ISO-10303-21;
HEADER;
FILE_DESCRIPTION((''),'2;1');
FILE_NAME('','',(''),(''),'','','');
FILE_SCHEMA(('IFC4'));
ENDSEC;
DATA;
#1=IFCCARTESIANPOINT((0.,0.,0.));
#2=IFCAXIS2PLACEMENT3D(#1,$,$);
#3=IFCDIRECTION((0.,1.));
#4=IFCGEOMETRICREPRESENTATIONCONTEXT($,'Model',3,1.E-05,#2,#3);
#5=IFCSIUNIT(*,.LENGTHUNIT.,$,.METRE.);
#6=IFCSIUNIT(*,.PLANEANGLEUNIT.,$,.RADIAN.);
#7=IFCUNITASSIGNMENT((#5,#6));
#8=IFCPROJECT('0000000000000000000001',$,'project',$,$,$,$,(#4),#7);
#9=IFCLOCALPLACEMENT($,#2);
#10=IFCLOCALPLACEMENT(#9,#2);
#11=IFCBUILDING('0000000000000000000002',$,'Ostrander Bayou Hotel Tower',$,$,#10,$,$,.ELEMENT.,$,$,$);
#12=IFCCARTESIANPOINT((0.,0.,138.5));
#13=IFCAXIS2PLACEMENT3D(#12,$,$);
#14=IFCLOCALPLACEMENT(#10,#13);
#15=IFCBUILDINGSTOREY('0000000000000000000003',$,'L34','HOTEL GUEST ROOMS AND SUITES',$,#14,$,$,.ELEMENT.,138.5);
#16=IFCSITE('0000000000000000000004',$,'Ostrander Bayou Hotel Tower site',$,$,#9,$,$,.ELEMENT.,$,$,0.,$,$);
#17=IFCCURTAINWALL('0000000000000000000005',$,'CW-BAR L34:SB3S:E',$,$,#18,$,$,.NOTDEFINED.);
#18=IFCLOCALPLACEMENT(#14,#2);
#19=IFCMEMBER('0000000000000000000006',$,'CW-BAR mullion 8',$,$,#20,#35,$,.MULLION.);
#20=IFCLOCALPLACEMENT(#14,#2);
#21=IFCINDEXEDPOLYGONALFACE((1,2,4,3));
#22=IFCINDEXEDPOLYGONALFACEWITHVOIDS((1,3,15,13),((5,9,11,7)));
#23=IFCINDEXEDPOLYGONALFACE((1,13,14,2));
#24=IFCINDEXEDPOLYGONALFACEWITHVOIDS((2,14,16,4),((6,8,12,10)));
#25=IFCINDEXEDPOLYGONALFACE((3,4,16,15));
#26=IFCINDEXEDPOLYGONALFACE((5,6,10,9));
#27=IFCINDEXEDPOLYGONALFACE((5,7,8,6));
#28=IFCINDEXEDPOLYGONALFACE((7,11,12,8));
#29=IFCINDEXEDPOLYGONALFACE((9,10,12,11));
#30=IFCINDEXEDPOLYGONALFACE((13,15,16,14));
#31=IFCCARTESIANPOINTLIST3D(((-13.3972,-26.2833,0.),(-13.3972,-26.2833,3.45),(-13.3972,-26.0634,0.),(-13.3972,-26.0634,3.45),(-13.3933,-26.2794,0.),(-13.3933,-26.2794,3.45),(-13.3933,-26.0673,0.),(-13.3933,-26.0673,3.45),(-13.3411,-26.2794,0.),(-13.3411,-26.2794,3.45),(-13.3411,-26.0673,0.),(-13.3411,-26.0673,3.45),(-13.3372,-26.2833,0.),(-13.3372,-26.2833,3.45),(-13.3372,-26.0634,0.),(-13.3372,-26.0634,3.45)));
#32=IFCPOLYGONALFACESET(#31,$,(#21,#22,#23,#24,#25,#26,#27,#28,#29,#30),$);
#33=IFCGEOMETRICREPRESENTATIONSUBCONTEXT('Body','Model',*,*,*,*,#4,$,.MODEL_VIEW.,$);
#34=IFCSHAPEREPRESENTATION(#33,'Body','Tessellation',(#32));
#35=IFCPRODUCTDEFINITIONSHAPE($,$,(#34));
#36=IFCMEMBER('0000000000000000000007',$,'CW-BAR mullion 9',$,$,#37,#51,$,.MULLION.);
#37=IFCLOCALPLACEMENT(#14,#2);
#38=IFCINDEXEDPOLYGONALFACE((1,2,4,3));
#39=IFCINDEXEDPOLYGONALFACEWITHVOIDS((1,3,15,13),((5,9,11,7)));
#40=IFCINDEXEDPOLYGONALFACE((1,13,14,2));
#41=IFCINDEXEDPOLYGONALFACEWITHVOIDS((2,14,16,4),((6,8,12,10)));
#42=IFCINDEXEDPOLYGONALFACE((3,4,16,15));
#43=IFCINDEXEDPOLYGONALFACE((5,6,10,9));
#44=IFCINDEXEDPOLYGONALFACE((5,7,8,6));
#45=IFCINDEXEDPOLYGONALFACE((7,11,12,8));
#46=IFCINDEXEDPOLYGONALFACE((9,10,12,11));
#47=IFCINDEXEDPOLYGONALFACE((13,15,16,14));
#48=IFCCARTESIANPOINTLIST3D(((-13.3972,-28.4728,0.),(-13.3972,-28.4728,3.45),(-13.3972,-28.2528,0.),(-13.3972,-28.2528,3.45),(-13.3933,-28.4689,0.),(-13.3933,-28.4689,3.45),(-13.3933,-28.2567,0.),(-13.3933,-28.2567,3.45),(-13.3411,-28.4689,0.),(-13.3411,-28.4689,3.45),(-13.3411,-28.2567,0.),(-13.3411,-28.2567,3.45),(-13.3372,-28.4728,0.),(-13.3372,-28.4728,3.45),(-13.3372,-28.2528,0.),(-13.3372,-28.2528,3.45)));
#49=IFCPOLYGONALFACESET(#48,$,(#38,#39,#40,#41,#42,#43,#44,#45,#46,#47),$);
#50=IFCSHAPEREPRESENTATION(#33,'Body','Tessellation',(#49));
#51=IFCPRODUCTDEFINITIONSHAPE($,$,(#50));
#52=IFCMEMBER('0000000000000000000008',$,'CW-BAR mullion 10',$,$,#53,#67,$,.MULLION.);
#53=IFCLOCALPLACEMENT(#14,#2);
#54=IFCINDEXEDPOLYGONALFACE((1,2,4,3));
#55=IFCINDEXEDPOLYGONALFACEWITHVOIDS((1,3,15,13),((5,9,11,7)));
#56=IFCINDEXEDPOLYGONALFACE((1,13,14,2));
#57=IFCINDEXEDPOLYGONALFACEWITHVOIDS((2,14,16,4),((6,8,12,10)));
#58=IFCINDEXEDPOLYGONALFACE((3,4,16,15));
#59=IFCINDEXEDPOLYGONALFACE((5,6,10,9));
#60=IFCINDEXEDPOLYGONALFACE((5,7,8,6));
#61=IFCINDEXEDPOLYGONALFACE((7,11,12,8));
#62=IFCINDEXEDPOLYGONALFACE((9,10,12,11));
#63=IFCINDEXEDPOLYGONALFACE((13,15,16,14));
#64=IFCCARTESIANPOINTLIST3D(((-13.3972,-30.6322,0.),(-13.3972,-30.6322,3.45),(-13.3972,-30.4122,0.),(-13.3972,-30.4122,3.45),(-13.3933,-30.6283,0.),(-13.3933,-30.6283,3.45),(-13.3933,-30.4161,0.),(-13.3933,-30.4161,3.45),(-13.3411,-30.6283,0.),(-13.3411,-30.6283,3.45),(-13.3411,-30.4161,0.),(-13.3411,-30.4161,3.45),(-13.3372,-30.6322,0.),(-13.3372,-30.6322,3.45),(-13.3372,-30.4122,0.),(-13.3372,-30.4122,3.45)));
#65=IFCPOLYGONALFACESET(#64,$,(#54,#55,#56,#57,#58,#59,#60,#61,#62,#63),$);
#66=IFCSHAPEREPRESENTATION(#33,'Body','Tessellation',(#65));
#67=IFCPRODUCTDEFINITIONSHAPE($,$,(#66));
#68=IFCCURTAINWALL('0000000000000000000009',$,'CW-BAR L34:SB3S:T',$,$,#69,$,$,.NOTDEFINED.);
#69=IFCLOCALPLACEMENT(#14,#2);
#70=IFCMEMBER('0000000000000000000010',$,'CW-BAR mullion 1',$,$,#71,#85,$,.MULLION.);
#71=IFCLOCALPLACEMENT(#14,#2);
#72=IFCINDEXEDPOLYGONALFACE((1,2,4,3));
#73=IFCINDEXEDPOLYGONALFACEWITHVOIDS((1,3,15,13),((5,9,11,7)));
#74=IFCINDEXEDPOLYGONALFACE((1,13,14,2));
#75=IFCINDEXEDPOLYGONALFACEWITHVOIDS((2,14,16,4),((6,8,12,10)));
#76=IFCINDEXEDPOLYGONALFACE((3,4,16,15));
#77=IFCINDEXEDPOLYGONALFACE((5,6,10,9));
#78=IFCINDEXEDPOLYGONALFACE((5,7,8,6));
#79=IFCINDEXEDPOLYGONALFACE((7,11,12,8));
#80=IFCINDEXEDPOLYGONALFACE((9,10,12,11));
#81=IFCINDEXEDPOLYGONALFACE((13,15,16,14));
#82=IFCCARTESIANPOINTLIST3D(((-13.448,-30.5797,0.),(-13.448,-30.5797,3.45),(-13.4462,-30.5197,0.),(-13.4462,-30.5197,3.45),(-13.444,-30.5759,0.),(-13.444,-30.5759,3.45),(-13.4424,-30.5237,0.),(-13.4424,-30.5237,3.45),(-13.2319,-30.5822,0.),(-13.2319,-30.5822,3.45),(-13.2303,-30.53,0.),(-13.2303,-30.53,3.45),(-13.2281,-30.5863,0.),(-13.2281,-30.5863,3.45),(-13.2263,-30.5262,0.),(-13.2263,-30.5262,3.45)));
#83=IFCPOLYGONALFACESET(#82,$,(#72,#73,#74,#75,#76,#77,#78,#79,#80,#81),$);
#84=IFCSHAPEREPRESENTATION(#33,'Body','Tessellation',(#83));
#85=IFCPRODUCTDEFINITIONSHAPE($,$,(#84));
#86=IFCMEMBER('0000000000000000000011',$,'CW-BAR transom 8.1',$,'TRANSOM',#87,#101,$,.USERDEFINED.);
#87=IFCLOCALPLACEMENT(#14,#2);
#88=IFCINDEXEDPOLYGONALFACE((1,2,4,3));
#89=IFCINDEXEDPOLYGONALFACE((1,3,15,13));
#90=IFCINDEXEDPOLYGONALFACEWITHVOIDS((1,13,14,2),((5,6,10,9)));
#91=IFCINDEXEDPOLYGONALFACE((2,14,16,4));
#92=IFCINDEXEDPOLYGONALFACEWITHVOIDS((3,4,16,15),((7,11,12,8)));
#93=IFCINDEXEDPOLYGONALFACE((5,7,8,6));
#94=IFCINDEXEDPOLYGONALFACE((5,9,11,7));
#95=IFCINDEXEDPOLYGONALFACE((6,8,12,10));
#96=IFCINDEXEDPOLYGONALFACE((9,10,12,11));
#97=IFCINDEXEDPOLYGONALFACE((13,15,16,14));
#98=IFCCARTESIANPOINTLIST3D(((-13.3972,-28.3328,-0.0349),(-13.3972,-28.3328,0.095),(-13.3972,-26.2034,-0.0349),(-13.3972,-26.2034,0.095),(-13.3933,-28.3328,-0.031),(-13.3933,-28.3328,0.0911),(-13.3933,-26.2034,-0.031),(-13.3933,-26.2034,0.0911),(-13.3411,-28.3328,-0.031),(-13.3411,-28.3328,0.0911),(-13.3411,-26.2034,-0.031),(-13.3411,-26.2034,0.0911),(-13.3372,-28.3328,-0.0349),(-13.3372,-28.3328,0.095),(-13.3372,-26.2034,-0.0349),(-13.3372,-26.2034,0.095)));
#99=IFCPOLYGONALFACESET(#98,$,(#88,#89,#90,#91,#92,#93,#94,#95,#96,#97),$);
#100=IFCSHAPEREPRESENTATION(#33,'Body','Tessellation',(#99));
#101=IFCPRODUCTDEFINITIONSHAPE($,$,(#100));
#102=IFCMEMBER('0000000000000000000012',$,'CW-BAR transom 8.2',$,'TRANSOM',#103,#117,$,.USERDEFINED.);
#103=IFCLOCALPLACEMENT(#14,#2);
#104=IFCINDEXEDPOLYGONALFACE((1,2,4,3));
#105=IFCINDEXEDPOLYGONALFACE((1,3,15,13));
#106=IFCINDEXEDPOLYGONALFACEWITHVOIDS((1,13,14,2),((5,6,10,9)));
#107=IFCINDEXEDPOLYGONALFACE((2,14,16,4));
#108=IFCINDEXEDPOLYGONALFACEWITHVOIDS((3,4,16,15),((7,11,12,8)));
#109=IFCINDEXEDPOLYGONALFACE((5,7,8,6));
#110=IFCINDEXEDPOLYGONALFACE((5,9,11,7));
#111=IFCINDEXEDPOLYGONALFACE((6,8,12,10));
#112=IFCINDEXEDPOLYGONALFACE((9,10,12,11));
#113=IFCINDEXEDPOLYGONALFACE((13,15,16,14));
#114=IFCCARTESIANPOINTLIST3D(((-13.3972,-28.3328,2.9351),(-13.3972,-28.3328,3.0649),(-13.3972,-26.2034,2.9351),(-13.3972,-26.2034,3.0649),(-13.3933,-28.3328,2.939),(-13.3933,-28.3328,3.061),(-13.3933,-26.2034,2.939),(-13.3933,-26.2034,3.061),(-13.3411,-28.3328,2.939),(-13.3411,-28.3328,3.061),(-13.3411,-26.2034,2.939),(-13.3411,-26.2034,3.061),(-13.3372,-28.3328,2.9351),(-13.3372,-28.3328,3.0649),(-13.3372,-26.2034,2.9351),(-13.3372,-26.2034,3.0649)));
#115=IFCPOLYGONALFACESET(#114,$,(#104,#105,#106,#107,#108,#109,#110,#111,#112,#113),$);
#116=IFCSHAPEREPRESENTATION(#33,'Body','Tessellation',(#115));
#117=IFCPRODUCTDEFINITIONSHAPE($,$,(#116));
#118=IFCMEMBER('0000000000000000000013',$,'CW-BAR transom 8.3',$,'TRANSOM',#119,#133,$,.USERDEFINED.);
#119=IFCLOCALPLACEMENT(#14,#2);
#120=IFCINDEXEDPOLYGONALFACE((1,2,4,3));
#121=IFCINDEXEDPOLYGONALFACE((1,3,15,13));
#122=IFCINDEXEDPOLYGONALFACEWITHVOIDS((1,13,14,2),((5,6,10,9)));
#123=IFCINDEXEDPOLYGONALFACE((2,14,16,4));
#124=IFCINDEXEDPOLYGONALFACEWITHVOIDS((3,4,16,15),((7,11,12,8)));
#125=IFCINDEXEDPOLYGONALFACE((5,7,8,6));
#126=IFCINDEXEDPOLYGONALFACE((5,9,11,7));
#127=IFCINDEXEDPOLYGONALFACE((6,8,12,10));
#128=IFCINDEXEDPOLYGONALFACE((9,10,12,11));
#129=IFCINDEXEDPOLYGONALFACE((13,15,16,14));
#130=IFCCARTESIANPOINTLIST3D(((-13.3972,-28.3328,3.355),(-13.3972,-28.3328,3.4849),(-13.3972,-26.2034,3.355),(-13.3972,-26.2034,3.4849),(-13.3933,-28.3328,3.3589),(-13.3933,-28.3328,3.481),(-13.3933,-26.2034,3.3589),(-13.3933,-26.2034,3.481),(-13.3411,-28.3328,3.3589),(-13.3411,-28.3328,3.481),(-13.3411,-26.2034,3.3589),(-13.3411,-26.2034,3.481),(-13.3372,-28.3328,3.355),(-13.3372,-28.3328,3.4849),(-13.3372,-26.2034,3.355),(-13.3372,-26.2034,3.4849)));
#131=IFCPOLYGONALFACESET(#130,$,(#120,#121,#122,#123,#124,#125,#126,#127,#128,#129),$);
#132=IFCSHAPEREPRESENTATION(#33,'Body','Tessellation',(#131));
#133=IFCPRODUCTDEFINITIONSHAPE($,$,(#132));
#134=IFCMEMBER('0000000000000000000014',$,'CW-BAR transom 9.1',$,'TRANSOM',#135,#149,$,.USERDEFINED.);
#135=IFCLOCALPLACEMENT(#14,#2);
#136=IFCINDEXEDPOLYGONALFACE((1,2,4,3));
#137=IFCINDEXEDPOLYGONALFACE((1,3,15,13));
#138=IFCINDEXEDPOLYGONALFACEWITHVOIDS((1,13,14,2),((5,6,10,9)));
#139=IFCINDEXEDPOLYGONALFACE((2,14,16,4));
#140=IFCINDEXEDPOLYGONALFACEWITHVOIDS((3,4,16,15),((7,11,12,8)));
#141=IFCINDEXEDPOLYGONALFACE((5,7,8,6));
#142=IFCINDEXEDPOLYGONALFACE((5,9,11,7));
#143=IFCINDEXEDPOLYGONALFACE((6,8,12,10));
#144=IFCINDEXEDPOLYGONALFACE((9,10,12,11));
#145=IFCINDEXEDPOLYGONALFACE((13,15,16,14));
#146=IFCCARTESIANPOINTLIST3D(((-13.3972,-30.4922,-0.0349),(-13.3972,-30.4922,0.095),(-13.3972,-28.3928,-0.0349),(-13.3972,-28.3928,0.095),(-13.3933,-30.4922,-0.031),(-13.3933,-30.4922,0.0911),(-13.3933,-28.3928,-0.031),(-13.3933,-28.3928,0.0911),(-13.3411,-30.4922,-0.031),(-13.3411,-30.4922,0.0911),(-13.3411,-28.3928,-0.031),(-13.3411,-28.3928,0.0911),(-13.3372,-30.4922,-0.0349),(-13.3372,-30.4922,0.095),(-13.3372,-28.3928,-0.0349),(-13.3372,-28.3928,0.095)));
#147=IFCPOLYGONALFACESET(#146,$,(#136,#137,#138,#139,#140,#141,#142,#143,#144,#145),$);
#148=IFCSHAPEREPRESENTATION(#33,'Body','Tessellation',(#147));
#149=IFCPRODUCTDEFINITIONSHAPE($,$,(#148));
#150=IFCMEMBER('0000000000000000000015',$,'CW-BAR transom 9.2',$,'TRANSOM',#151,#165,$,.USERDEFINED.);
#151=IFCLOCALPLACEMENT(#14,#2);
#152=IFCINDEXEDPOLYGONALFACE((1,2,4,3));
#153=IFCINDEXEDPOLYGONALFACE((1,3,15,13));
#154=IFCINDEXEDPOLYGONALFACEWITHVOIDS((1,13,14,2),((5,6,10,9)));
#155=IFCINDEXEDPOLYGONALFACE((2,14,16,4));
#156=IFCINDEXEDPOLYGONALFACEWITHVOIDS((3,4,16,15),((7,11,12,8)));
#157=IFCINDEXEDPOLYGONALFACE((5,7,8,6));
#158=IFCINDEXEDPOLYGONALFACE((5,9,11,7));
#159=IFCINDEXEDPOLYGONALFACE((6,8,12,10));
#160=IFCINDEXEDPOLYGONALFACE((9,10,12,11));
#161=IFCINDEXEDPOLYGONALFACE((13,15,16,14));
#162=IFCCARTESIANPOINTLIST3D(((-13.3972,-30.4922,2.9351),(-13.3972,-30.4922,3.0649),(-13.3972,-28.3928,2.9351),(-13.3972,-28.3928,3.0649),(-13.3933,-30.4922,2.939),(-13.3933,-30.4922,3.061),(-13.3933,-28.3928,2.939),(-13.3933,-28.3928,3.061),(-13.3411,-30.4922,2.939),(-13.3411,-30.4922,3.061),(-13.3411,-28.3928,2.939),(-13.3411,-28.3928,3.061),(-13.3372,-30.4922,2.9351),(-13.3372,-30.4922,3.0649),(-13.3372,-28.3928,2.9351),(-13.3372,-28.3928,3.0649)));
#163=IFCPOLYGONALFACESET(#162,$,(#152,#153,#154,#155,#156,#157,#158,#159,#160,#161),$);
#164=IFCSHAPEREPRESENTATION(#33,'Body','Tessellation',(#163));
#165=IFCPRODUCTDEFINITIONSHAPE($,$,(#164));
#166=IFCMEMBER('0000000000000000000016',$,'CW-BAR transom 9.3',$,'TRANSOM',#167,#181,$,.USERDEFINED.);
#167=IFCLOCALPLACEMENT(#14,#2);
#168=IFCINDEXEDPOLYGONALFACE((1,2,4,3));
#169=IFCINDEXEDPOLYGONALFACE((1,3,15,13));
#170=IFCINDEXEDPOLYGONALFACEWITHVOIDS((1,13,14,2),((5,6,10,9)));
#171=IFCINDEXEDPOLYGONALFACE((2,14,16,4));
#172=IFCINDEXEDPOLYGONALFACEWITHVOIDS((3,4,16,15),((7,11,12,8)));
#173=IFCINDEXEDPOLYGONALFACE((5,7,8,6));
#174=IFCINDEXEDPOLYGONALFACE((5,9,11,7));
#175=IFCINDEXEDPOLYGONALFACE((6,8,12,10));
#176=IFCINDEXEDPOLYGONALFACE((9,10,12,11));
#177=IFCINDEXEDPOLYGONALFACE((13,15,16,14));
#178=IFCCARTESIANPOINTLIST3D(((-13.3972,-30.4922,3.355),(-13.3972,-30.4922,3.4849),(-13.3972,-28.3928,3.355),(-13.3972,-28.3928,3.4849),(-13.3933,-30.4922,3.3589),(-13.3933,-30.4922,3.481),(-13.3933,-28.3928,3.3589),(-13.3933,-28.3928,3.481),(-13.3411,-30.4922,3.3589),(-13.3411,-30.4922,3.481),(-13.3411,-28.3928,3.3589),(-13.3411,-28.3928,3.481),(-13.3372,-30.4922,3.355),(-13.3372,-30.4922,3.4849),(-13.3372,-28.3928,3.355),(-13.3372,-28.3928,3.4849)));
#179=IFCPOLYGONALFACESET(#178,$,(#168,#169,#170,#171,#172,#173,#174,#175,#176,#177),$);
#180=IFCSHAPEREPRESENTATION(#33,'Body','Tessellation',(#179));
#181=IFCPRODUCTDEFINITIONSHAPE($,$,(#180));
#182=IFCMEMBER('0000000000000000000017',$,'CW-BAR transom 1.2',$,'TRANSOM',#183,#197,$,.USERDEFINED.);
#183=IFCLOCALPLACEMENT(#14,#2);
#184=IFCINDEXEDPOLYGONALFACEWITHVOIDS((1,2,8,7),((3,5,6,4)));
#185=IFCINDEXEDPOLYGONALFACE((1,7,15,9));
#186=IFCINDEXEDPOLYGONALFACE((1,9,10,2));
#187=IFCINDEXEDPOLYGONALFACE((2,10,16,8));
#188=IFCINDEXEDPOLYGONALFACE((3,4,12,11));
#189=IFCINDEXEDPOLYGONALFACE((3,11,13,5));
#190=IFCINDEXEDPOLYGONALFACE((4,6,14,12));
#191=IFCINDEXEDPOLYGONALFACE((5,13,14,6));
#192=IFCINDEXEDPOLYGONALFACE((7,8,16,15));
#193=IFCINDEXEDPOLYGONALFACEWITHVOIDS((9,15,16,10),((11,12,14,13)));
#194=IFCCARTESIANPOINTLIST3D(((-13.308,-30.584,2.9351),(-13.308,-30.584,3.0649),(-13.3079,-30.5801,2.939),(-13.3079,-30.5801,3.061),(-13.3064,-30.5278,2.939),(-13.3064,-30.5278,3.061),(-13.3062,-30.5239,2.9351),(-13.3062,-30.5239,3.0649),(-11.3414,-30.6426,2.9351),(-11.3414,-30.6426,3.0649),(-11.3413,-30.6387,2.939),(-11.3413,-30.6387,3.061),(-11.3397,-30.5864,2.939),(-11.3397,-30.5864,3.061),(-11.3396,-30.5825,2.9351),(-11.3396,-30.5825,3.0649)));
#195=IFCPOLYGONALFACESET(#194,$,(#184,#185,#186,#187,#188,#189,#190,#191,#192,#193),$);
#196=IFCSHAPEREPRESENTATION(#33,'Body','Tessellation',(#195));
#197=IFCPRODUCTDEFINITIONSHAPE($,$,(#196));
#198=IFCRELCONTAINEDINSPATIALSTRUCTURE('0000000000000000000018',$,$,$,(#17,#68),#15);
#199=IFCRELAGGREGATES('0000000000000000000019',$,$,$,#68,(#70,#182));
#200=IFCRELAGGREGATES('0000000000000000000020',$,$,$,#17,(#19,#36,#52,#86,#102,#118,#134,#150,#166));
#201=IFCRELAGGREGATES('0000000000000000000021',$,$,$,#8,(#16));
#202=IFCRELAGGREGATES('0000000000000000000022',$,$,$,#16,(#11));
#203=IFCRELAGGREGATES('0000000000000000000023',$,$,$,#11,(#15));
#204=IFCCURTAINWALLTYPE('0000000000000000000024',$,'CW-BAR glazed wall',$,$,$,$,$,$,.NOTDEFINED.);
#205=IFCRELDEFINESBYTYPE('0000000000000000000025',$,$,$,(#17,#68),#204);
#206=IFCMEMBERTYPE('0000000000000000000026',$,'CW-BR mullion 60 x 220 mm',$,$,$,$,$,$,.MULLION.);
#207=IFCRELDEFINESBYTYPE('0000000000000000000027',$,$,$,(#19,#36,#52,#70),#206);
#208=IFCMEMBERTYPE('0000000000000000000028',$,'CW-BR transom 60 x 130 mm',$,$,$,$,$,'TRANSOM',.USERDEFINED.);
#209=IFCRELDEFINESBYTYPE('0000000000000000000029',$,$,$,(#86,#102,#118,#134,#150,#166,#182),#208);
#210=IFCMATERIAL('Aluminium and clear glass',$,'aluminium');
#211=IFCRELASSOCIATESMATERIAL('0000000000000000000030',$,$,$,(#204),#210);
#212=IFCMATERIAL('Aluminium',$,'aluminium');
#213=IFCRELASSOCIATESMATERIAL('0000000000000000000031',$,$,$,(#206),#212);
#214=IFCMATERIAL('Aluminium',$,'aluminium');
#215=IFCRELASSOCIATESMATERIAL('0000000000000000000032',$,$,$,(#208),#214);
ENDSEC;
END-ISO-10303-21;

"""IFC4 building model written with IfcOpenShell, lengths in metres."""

from ifc_helpers import new_model, si_unit, direction, frame, origin, origin_2d, place, context, subcontext, project, spatial, hollow_rectangle, extrude, material, material_profile, profile_set, type_object, element, aggregate, save


model = new_model("IFC4")

# Units and contexts
model_context = context("Model", 3, precision=1e-05, world=origin(), true_north=direction((0.0, 1.0)))
body_context = subcontext(model_context, "Body", "Model", "MODEL_VIEW")
ifc_project = project(units=[si_unit("LENGTHUNIT", "METRE"), si_unit("PLANEANGLEUNIT", "RADIAN")], contexts=[model_context])

# Site, building, storey
site_placement = place(None, origin())
site = spatial("IfcSite", under=ifc_project, at=site_placement, Name="Ostrander Bayou Hotel Tower site", CompositionType="ELEMENT", RefElevation=0.0)
building_placement = place(site_placement, origin())
building = spatial("IfcBuilding", under=site, at=building_placement, Name="Ostrander Bayou Hotel Tower", CompositionType="ELEMENT")
storey_placement = place(building_placement, frame((0.0, 0.0, 138.5)))
storey = spatial("IfcBuildingStorey", under=building, at=storey_placement, Name="L34", Description="HOTEL GUEST ROOMS AND SUITES", CompositionType="ELEMENT", Elevation=138.5)

# Curtain wall, members
ifc_material_1 = material(Name="Aluminium and clear glass", Category="aluminium")
curtain_wall_type = type_object("IfcCurtainWallType", Name="CW-BAR glazed wall", PredefinedType="NOTDEFINED", material=ifc_material_1)
curtain_wall_1_placement = place(storey_placement, origin())
curtain_wall_1 = element("IfcCurtainWall", 1, at=curtain_wall_1_placement, inside=storey, type_object=curtain_wall_type, Name="CW-BAR L34:SB3S:E", PredefinedType="NOTDEFINED")
ifc_material_2 = material(Name="Aluminium", Category="aluminium")
ifc_material_profile_1 = material_profile(ifc_material_2, hollow_rectangle(XDim=0.0601, YDim=0.22, WallThickness=0.0039, at=origin_2d()))
ifc_profile_set_1 = profile_set([ifc_material_profile_1], Name="Aluminium")
member_type_1 = type_object("IfcMemberType", Name="CW-BR mullion 60 x 220 mm", PredefinedType="MULLION", material=ifc_profile_set_1)
member_1_placement = place(storey_placement, frame((-13.3672, -26.1733, 0.0), z_axis=(0.0, 0.0, 1.0), x_axis=(1.0, 0.0, 0.0)))
member_1 = element("IfcMember", 2, at=member_1_placement, type_object=member_type_1, Name="CW-BAR mullion 8", PredefinedType="MULLION", context=body_context, shape_type="SweptSolid", body=[
    extrude(hollow_rectangle(XDim=0.0601, YDim=0.22, WallThickness=0.0039, at=origin_2d()), origin(), (0.0, 0.0, 1.0), 3.45),
])
member_2_placement = place(storey_placement, frame((-13.3672, -28.3628, 0.0), z_axis=(0.0, 0.0, 1.0), x_axis=(1.0, 0.0, 0.0)))
member_2 = element("IfcMember", 3, at=member_2_placement, type_object=member_type_1, Name="CW-BAR mullion 9", PredefinedType="MULLION", context=body_context, shape_type="SweptSolid", body=[
    extrude(hollow_rectangle(XDim=0.0601, YDim=0.22, WallThickness=0.0039, at=origin_2d()), origin(), (0.0, 0.0, 1.0), 3.45),
])
member_3_placement = place(storey_placement, frame((-13.3672, -30.5222, 0.0), z_axis=(0.0, 0.0, 1.0), x_axis=(1.0, 0.0, 0.0)))
member_3 = element("IfcMember", 4, at=member_3_placement, type_object=member_type_1, Name="CW-BAR mullion 10", PredefinedType="MULLION", context=body_context, shape_type="SweptSolid", body=[
    extrude(hollow_rectangle(XDim=0.0601, YDim=0.22, WallThickness=0.0039, at=origin_2d()), origin(), (0.0, 0.0, 1.0), 3.45),
])

# Curtain wall, member
curtain_wall_2_placement = place(storey_placement, origin())
curtain_wall_2 = element("IfcCurtainWall", 5, at=curtain_wall_2_placement, inside=storey, type_object=curtain_wall_type, Name="CW-BAR L34:SB3S:T", PredefinedType="NOTDEFINED")
member_4_placement = place(storey_placement, frame((-13.3372, -30.553, 0.0), z_axis=(0.0, 0.0, 1.0), x_axis=(0.029746, 0.999557, 0.0)))
member_4 = element("IfcMember", 6, at=member_4_placement, type_object=member_type_1, Name="CW-BAR mullion 1", PredefinedType="MULLION", context=body_context, shape_type="SweptSolid", body=[
    extrude(hollow_rectangle(XDim=0.0601, YDim=0.22, WallThickness=0.0039, at=origin_2d()), origin(), (0.0, 0.0, 1.0), 3.45),
])

# Members
ifc_material_3 = material(Name="Aluminium", Category="aluminium")
ifc_material_profile_2 = material_profile(ifc_material_3, hollow_rectangle(XDim=0.0601, YDim=0.1299, WallThickness=0.0039, at=origin_2d()))
ifc_profile_set_2 = profile_set([ifc_material_profile_2], Name="Aluminium")
member_type_2 = type_object("IfcMemberType", Name="CW-BR transom 60 x 130 mm", ElementType="TRANSOM", PredefinedType="USERDEFINED", material=ifc_profile_set_2)
member_5_placement = place(storey_placement, frame((-13.3672, -26.2034, 0.03), z_axis=(0.0, -1.0, 0.0), x_axis=(1.0, 0.0, 0.0)))
member_5 = element("IfcMember", 7, at=member_5_placement, type_object=member_type_2, Name="CW-BAR transom 8.1", ObjectType="TRANSOM", PredefinedType="USERDEFINED", context=body_context, shape_type="SweptSolid", body=[
    extrude(hollow_rectangle(XDim=0.0601, YDim=0.1299, WallThickness=0.0039, at=origin_2d()), origin(), (0.0, 0.0, 1.0), 2.1294),
])
member_6_placement = place(storey_placement, frame((-13.3672, -26.2034, 3.0), z_axis=(0.0, -1.0, 0.0), x_axis=(1.0, 0.0, 0.0)))
member_6 = element("IfcMember", 8, at=member_6_placement, type_object=member_type_2, Name="CW-BAR transom 8.2", ObjectType="TRANSOM", PredefinedType="USERDEFINED", context=body_context, shape_type="SweptSolid", body=[
    extrude(hollow_rectangle(XDim=0.0601, YDim=0.1299, WallThickness=0.0039, at=origin_2d()), origin(), (0.0, 0.0, 1.0), 2.1294),
])
member_7_placement = place(storey_placement, frame((-13.3672, -26.2034, 3.4199), z_axis=(0.0, -1.0, 0.0), x_axis=(1.0, 0.0, 0.0)))
member_7 = element("IfcMember", 9, at=member_7_placement, type_object=member_type_2, Name="CW-BAR transom 8.3", ObjectType="TRANSOM", PredefinedType="USERDEFINED", context=body_context, shape_type="SweptSolid", body=[
    extrude(hollow_rectangle(XDim=0.0601, YDim=0.1299, WallThickness=0.0039, at=origin_2d()), origin(), (0.0, 0.0, 1.0), 2.1294),
])
member_8_placement = place(storey_placement, frame((-13.3672, -28.3928, 0.03), z_axis=(0.0, -1.0, 0.0), x_axis=(1.0, 0.0, 0.0)))
member_8 = element("IfcMember", 10, at=member_8_placement, type_object=member_type_2, Name="CW-BAR transom 9.1", ObjectType="TRANSOM", PredefinedType="USERDEFINED", context=body_context, shape_type="SweptSolid", body=[
    extrude(hollow_rectangle(XDim=0.0601, YDim=0.1299, WallThickness=0.0039, at=origin_2d()), origin(), (0.0, 0.0, 1.0), 2.0994),
])
member_9_placement = place(storey_placement, frame((-13.3672, -28.3928, 3.0), z_axis=(0.0, -1.0, 0.0), x_axis=(1.0, 0.0, 0.0)))
member_9 = element("IfcMember", 11, at=member_9_placement, type_object=member_type_2, Name="CW-BAR transom 9.2", ObjectType="TRANSOM", PredefinedType="USERDEFINED", context=body_context, shape_type="SweptSolid", body=[
    extrude(hollow_rectangle(XDim=0.0601, YDim=0.1299, WallThickness=0.0039, at=origin_2d()), origin(), (0.0, 0.0, 1.0), 2.0994),
])
member_10_placement = place(storey_placement, frame((-13.3672, -28.3928, 3.4199), z_axis=(0.0, -1.0, 0.0), x_axis=(1.0, 0.0, 0.0)))
member_10 = element("IfcMember", 12, at=member_10_placement, type_object=member_type_2, Name="CW-BAR transom 9.3", ObjectType="TRANSOM", PredefinedType="USERDEFINED", context=body_context, shape_type="SweptSolid", body=[
    extrude(hollow_rectangle(XDim=0.0601, YDim=0.1299, WallThickness=0.0039, at=origin_2d()), origin(), (0.0, 0.0, 1.0), 2.0994),
])
member_11_placement = place(storey_placement, frame((-13.3071, -30.554, 3.0), z_axis=(0.999556, -0.029782, 0.0), x_axis=(0.029782, 0.999556, 0.0)))
member_11 = element("IfcMember", 13, at=member_11_placement, type_object=member_type_2, Name="CW-BAR transom 1.2", ObjectType="TRANSOM", PredefinedType="USERDEFINED", context=body_context, shape_type="SweptSolid", body=[
    extrude(hollow_rectangle(XDim=0.0601, YDim=0.1299, WallThickness=0.0039, at=origin_2d()), origin(), (0.0, 0.0, 1.0), 1.9675),
])
aggregate(curtain_wall_2, [member_4, member_11])

aggregate(curtain_wall_1, [member_1, member_2, member_3, member_5, member_6, member_7, member_8, member_9, member_10])

save(model, "model.ifc")
